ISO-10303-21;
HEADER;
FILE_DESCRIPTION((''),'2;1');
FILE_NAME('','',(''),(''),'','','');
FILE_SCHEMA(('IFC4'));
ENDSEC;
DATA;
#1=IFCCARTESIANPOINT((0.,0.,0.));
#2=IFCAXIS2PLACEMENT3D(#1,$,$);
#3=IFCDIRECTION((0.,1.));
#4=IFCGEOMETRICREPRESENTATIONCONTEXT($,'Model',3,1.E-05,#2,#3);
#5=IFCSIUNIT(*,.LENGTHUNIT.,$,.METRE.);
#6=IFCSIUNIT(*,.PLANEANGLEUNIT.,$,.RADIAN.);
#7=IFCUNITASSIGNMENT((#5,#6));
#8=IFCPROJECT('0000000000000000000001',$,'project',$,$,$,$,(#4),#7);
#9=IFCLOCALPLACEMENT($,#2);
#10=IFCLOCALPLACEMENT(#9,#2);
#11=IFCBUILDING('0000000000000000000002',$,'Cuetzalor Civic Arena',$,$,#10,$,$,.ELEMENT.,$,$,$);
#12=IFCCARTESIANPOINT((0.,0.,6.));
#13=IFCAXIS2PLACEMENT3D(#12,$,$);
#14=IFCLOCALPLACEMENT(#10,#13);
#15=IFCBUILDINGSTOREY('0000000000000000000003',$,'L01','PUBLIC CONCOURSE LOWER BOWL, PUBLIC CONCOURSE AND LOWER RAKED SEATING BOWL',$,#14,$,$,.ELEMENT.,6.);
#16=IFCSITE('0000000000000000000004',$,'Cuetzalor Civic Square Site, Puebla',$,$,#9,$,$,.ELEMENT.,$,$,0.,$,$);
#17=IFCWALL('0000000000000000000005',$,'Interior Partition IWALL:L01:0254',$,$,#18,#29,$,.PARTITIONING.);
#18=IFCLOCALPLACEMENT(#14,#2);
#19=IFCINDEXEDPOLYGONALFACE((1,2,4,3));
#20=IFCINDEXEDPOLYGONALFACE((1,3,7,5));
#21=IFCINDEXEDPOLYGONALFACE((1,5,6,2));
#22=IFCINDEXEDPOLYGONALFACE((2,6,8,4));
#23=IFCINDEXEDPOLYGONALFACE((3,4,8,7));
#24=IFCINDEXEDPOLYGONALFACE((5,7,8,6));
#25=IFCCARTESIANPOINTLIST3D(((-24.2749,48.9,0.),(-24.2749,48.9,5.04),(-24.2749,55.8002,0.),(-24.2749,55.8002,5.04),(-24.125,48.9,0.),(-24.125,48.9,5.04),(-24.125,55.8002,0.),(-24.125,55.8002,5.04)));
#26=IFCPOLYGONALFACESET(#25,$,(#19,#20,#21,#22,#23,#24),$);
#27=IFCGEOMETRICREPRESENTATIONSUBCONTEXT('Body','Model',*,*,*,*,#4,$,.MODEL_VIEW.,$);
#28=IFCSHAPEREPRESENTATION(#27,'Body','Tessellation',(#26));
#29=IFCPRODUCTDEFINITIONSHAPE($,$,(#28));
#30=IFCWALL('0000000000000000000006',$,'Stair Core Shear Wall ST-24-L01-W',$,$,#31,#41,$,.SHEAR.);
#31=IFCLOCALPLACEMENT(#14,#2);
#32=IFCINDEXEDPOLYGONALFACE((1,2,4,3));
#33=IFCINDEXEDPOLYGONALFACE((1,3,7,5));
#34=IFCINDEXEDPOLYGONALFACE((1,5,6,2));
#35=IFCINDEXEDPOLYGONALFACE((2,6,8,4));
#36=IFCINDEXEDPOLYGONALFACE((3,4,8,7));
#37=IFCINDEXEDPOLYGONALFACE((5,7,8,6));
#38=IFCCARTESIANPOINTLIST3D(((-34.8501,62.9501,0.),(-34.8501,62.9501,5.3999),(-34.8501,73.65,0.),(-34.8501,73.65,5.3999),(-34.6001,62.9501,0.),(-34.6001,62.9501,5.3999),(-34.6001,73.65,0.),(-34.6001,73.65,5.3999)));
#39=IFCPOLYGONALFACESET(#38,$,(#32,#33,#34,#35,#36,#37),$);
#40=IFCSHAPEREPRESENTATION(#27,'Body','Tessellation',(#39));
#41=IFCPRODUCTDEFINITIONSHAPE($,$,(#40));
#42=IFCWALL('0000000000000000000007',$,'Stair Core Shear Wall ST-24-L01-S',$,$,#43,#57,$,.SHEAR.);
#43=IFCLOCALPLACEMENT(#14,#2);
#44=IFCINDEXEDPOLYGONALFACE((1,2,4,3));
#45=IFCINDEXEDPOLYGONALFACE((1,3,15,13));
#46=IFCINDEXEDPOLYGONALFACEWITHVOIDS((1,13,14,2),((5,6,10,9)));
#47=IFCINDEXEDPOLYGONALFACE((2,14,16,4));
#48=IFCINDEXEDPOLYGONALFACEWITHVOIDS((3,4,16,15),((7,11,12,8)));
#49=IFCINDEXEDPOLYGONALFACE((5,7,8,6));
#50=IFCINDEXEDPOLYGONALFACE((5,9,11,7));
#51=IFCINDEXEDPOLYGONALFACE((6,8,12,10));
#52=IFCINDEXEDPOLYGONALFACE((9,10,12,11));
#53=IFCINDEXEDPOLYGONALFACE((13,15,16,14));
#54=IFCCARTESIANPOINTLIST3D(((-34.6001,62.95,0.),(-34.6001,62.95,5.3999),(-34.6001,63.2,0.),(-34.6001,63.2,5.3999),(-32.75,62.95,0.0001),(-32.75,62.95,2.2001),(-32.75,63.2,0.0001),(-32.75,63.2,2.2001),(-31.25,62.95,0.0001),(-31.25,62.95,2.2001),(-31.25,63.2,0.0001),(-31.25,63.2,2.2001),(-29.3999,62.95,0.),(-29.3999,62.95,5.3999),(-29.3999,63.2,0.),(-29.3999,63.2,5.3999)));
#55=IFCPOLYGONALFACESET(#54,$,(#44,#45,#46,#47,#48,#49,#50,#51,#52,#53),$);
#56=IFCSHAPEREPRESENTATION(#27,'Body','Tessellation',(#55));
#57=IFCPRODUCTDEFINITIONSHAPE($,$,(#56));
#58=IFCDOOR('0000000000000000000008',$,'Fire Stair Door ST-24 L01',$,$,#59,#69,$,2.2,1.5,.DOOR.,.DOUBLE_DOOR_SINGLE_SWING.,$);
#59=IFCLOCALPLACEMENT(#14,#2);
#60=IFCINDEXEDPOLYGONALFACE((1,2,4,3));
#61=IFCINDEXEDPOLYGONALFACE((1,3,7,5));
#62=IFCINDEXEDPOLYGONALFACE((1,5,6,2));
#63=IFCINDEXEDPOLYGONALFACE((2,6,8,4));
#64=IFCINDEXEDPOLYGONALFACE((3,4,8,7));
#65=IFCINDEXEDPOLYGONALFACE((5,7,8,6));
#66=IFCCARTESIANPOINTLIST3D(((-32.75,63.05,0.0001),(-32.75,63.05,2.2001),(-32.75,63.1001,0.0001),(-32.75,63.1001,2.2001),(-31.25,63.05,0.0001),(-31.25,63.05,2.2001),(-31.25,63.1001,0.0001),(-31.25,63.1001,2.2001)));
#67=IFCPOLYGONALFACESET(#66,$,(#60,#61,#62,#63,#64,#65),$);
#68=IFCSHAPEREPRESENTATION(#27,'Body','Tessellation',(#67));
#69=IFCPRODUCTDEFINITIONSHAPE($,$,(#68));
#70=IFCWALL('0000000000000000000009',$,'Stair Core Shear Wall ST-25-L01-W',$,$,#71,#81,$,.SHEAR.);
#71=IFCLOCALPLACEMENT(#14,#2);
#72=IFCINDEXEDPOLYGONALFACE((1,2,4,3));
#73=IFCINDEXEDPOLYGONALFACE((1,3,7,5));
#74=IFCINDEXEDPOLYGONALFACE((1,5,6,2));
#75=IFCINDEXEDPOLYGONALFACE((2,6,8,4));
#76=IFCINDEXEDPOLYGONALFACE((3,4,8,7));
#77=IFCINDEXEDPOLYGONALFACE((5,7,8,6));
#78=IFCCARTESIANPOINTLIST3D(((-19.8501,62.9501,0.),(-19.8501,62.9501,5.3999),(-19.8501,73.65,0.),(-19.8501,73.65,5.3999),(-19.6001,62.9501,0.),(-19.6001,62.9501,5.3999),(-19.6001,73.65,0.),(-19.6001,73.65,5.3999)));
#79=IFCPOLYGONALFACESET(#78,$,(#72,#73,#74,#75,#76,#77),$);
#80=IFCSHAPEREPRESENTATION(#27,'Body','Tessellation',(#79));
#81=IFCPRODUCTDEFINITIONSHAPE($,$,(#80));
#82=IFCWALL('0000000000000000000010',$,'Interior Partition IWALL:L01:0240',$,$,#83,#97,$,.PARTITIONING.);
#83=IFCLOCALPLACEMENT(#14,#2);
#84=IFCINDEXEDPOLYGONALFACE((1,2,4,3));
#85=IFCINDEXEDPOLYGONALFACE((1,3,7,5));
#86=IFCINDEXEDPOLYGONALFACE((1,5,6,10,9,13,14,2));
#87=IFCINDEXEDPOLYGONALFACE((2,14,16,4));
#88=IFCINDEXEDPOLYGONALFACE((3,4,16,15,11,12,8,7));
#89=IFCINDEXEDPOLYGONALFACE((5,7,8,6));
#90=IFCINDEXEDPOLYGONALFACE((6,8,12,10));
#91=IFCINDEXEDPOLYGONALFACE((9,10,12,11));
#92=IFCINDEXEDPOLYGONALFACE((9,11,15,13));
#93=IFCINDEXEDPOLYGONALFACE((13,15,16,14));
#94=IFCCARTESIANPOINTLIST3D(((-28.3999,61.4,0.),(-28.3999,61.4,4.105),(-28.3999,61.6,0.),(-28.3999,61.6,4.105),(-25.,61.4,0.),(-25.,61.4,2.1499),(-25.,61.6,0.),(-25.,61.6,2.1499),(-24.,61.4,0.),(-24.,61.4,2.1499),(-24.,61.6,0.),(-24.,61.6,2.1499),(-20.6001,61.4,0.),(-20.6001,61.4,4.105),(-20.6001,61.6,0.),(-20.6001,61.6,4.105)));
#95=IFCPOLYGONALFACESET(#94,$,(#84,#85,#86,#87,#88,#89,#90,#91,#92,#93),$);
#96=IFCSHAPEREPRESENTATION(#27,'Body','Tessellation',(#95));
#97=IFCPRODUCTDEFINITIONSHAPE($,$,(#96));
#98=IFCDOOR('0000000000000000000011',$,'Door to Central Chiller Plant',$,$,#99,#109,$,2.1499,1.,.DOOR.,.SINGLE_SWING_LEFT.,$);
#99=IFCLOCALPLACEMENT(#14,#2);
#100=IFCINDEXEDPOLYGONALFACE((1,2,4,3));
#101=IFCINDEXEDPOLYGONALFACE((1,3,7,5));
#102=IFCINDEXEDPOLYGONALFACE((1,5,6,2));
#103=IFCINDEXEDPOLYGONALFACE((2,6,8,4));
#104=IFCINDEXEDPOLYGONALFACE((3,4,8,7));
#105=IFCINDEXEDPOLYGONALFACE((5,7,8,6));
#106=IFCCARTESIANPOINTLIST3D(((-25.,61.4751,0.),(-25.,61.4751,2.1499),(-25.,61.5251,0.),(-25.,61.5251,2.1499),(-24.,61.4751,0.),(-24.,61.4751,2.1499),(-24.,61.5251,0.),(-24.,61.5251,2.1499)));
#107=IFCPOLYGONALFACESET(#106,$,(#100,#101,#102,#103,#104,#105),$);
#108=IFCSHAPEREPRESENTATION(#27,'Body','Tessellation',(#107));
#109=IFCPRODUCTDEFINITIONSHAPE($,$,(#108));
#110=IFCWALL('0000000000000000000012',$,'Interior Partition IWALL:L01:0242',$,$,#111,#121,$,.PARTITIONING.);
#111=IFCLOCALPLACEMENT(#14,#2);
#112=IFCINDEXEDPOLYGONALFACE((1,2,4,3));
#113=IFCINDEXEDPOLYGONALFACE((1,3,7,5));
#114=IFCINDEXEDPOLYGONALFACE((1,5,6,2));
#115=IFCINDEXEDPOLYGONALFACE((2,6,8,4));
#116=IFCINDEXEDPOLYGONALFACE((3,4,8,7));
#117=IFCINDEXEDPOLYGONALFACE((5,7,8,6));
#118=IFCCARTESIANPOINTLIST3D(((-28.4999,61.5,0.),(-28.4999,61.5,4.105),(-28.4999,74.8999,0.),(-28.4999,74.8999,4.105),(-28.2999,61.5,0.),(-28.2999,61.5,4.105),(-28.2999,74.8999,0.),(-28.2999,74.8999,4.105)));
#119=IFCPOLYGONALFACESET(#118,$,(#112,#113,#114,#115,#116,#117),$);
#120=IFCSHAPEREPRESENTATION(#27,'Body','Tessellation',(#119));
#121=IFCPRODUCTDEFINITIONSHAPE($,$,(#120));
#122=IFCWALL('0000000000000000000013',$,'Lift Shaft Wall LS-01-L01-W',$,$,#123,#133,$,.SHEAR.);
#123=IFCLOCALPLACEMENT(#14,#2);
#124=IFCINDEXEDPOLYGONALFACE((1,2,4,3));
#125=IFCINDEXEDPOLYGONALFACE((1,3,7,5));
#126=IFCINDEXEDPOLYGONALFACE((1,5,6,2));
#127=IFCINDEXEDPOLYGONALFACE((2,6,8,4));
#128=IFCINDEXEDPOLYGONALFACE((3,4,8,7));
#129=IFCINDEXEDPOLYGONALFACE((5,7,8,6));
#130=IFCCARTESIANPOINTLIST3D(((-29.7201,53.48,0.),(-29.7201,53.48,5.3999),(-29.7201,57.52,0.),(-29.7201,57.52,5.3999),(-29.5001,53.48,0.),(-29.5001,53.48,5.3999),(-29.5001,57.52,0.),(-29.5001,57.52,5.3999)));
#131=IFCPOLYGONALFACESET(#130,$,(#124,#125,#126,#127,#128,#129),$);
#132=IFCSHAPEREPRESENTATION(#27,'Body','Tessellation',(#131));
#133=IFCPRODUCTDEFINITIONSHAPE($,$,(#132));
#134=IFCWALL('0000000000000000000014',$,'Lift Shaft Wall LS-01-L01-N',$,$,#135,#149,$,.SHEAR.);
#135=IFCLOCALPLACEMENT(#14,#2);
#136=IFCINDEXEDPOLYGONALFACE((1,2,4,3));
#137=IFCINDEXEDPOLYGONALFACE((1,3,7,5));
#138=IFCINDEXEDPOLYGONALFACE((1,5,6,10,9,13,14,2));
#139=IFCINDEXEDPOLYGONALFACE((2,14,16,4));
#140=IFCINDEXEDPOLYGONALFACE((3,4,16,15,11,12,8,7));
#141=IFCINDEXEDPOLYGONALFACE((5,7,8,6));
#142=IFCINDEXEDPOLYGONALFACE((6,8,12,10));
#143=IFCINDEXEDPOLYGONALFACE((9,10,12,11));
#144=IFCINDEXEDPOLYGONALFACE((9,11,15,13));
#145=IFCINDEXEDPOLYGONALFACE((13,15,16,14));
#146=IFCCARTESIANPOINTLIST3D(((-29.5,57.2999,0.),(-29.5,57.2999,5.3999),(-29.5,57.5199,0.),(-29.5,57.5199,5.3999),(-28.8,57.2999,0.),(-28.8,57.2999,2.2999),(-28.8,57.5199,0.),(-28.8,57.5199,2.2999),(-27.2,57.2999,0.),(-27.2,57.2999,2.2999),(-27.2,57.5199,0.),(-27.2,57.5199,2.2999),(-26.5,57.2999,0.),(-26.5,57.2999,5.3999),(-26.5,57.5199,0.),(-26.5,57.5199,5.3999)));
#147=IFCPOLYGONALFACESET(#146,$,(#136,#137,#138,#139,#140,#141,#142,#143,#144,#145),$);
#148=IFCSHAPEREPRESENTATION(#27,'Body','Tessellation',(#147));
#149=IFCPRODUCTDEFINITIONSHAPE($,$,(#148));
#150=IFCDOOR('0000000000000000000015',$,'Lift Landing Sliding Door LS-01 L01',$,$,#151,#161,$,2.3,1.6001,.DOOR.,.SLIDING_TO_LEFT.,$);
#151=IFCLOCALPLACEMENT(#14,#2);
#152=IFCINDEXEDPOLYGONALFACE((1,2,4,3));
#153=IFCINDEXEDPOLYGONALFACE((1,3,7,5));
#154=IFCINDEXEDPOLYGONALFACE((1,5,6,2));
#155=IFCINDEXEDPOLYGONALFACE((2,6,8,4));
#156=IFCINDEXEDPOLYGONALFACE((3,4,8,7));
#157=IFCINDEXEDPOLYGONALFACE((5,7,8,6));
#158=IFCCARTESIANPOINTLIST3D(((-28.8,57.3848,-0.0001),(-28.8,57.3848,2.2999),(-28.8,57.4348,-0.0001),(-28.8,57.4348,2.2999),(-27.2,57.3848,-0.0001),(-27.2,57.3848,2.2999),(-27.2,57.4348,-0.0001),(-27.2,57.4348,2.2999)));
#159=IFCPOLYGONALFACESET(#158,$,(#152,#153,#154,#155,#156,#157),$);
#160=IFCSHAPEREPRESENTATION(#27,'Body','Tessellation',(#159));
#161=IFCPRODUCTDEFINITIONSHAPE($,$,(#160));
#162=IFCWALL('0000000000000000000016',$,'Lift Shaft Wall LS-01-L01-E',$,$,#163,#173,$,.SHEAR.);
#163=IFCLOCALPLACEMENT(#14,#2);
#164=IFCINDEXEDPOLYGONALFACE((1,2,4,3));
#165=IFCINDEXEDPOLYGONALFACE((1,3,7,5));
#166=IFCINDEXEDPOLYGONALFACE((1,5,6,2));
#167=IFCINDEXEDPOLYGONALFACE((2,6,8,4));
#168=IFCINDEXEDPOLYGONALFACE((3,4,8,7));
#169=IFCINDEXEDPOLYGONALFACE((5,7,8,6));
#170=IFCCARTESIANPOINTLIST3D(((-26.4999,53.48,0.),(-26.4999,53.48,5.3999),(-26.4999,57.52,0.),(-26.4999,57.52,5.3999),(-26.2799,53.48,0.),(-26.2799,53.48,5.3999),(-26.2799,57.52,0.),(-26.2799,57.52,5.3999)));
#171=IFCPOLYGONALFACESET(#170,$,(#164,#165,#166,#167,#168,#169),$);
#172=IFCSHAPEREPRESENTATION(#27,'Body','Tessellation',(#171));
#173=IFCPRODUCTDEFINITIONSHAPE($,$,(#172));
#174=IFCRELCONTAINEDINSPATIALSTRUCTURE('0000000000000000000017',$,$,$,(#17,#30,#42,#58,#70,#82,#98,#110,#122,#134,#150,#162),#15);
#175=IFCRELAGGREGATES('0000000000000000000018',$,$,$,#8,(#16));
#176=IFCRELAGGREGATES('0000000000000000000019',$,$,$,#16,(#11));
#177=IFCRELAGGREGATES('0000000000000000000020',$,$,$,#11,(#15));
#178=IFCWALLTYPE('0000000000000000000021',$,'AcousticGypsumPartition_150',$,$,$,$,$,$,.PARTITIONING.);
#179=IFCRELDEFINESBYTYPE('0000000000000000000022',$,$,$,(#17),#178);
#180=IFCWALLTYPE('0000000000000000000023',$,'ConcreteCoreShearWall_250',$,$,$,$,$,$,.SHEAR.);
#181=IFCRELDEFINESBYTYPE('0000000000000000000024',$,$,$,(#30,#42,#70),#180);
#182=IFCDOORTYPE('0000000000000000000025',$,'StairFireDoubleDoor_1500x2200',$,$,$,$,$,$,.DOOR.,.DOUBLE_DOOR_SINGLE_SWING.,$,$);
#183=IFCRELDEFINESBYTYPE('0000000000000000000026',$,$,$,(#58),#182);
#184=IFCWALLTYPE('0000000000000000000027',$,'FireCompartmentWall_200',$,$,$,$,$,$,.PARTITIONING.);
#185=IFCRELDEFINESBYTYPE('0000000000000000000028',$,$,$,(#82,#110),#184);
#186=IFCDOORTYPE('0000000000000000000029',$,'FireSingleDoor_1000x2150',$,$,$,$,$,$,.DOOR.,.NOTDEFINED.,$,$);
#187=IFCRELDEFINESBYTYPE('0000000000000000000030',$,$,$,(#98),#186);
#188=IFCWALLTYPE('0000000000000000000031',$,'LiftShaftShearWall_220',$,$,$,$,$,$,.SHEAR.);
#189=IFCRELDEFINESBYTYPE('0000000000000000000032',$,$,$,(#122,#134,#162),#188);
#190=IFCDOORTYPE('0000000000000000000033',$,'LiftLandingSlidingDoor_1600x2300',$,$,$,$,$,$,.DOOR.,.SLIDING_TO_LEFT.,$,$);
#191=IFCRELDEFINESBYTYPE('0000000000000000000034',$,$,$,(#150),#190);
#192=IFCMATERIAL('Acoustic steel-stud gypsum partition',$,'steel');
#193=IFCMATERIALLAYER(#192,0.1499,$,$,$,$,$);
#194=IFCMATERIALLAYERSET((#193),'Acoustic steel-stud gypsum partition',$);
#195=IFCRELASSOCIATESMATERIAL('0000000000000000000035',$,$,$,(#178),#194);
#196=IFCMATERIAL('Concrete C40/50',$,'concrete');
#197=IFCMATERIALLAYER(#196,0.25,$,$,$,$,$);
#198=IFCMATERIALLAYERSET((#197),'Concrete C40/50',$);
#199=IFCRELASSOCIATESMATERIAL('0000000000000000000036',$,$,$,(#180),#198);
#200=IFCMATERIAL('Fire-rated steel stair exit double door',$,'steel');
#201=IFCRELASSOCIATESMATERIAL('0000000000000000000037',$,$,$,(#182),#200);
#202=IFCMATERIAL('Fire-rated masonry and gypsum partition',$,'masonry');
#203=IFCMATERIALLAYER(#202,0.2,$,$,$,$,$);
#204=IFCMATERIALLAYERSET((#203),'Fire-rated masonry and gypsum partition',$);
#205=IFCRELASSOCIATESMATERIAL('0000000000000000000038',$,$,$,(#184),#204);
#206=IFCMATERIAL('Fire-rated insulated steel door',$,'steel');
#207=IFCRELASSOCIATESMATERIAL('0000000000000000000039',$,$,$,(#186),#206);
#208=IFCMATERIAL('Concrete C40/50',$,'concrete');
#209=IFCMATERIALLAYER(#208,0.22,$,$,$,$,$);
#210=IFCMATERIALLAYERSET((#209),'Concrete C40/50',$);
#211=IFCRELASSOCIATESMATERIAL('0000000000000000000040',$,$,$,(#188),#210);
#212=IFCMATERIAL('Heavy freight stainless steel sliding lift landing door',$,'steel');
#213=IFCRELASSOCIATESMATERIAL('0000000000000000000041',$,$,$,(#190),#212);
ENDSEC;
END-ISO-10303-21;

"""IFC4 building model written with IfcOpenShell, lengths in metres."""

from ifc_helpers import new_model, si_unit, direction, frame, frame_2d, origin, place, context, subcontext, project, spatial, rectangle, extrude, material, layer, layer_set, type_object, element, fill, save


model = new_model("IFC4")

# Units and contexts
model_context = context("Model", 3, precision=1e-05, world=origin(), true_north=direction((0.0, 1.0)))
body_context = subcontext(model_context, "Body", "Model", "MODEL_VIEW")
ifc_project = project(units=[si_unit("LENGTHUNIT", "METRE"), si_unit("PLANEANGLEUNIT", "RADIAN")], contexts=[model_context])

# Site, building, storey
site_placement = place(None, origin())
site = spatial("IfcSite", under=ifc_project, at=site_placement, Name="Cuetzalor Civic Square Site, Puebla", CompositionType="ELEMENT", RefElevation=0.0)
building_placement = place(site_placement, origin())
building = spatial("IfcBuilding", under=site, at=building_placement, Name="Cuetzalor Civic Arena", CompositionType="ELEMENT")
storey_placement = place(building_placement, frame((0.0, 0.0, 6.0)))
storey = spatial("IfcBuildingStorey", under=building, at=storey_placement, Name="L01", Description="PUBLIC CONCOURSE LOWER BOWL, PUBLIC CONCOURSE AND LOWER RAKED SEATING BOWL", CompositionType="ELEMENT", Elevation=6.0)

# Shared definitions
ifc_material_1 = material(Name="Acoustic steel-stud gypsum partition", Category="steel")
ifc_layer_1 = layer(ifc_material_1, 0.1499)
ifc_layer_set_1 = layer_set([ifc_layer_1], Name="Acoustic steel-stud gypsum partition")
wall_type_1 = type_object("IfcWallType", Name="AcousticGypsumPartition_150", PredefinedType="PARTITIONING", material=ifc_layer_set_1)

# Walls
wall_1_placement = place(storey_placement, frame((-24.2, 48.8999, 0.0), z_axis=(0.0, 0.0, 1.0), x_axis=(0.0, 1.0, 0.0)))
element("IfcWall", 1, at=wall_1_placement, inside=storey, type_object=wall_type_1, Name="Interior Partition IWALL:L01:0254", PredefinedType="PARTITIONING", context=body_context, shape_type="SweptSolid", body=[
    extrude(rectangle(XDim=6.9001, YDim=0.1499, at=frame_2d((3.4502, 0.0))), origin(), (0.0, 0.0, 1.0), 5.04),
])
ifc_material_2 = material(Name="Concrete C40/50", Category="concrete")
ifc_layer_2 = layer(ifc_material_2, 0.25)
ifc_layer_set_2 = layer_set([ifc_layer_2], Name="Concrete C40/50")
wall_type_2 = type_object("IfcWallType", Name="ConcreteCoreShearWall_250", PredefinedType="SHEAR", material=ifc_layer_set_2)
wall_2_placement = place(storey_placement, frame((-34.7251, 62.95, 0.0), z_axis=(0.0, 0.0, 1.0), x_axis=(0.0, 1.0, 0.0)))
element("IfcWall", 2, at=wall_2_placement, inside=storey, type_object=wall_type_2, Name="Stair Core Shear Wall ST-24-L01-W", PredefinedType="SHEAR", context=body_context, shape_type="SweptSolid", body=[
    extrude(rectangle(XDim=10.7, YDim=0.25, at=frame_2d((5.3501, 0.0))), origin(), (0.0, 0.0, 1.0), 5.3999),
])

# Wall, opening, door
wall_3_placement = place(storey_placement, frame((-29.3999, 63.075, 0.0), z_axis=(0.0, 0.0, 1.0), x_axis=(-1.0, 0.0, 0.0)))
wall_3 = element("IfcWall", 3, at=wall_3_placement, inside=storey, type_object=wall_type_2, Name="Stair Core Shear Wall ST-24-L01-S", PredefinedType="SHEAR", context=body_context, shape_type="SweptSolid", body=[
    extrude(rectangle(XDim=5.2002, YDim=0.25, at=frame_2d((2.6001, 0.0))), origin(), (0.0, 0.0, 1.0), 5.3999),
])
opening_1_placement = place(wall_3_placement, frame((1.8501, 0.0, 0.0)))
opening_1 = element("IfcOpeningElement", 4, at=opening_1_placement, cuts=wall_3, PredefinedType="OPENING", context=body_context, shape_type="SweptSolid", body=[
    extrude(rectangle(XDim=1.5, YDim=2.2, at=frame_2d((0.75, 1.1001))), frame((0.0, 0.135, 0.0), z_axis=(0.0, -1.0, 0.0), x_axis=(1.0, 0.0, 0.0)), (0.0, 0.0, 1.0), 0.27),
])
ifc_material_3 = material(Name="Fire-rated steel stair exit double door", Category="steel")
door_type_1 = type_object("IfcDoorType", Name="StairFireDoubleDoor_1500x2200", OperationType="DOUBLE_DOOR_SINGLE_SWING", PredefinedType="DOOR", material=ifc_material_3)
door_1_placement = place(opening_1_placement, origin())
door_1 = element("IfcDoor", 5, at=door_1_placement, inside=storey, type_object=door_type_1, Name="Fire Stair Door ST-24 L01", OperationType="DOUBLE_DOOR_SINGLE_SWING", OverallHeight=2.2, OverallWidth=1.5, PredefinedType="DOOR", context=body_context, shape_type="SweptSolid", body=[
    extrude(rectangle(XDim=1.5, YDim=2.2, at=frame_2d((0.75, 1.1001))), frame((0.0, 0.0249, 0.0), z_axis=(0.0, -1.0, 0.0), x_axis=(1.0, 0.0, 0.0)), (0.0, 0.0, 1.0), 0.05),
])
fill(opening_1, door_1)

# Wall
wall_4_placement = place(storey_placement, frame((-19.7251, 62.95, 0.0), z_axis=(0.0, 0.0, 1.0), x_axis=(0.0, 1.0, 0.0)))
element("IfcWall", 6, at=wall_4_placement, inside=storey, type_object=wall_type_2, Name="Stair Core Shear Wall ST-25-L01-W", PredefinedType="SHEAR", context=body_context, shape_type="SweptSolid", body=[
    extrude(rectangle(XDim=10.7, YDim=0.25, at=frame_2d((5.3501, 0.0))), origin(), (0.0, 0.0, 1.0), 5.3999),
])

# Wall, opening, door
ifc_material_4 = material(Name="Fire-rated masonry and gypsum partition", Category="masonry")
ifc_layer_3 = layer(ifc_material_4, 0.2)
ifc_layer_set_3 = layer_set([ifc_layer_3], Name="Fire-rated masonry and gypsum partition")
wall_type_3 = type_object("IfcWallType", Name="FireCompartmentWall_200", PredefinedType="PARTITIONING", material=ifc_layer_set_3)
wall_5_placement = place(storey_placement, frame((-20.6001, 61.5, 0.0), z_axis=(0.0, 0.0, 1.0), x_axis=(-1.0, 0.0, 0.0)))
wall_5 = element("IfcWall", 7, at=wall_5_placement, inside=storey, type_object=wall_type_3, Name="Interior Partition IWALL:L01:0240", PredefinedType="PARTITIONING", context=body_context, shape_type="SweptSolid", body=[
    extrude(rectangle(XDim=7.7998, YDim=0.2, at=frame_2d((3.8999, 0.0))), origin(), (0.0, 0.0, 1.0), 4.105),
])
opening_2_placement = place(wall_5_placement, frame((3.3999, 0.0, 0.0)))
opening_2 = element("IfcOpeningElement", 8, at=opening_2_placement, cuts=wall_5, PredefinedType="OPENING", context=body_context, shape_type="SweptSolid", body=[
    extrude(rectangle(XDim=1.0, YDim=2.1499, at=frame_2d((0.5, 1.075))), frame((0.0, 0.1099, 0.0), z_axis=(0.0, -1.0, 0.0), x_axis=(1.0, 0.0, 0.0)), (0.0, 0.0, 1.0), 0.22),
])
ifc_material_5 = material(Name="Fire-rated insulated steel door", Category="steel")
door_type_2 = type_object("IfcDoorType", Name="FireSingleDoor_1000x2150", OperationType="NOTDEFINED", PredefinedType="DOOR", material=ifc_material_5)
door_2_placement = place(opening_2_placement, origin())
door_2 = element("IfcDoor", 9, at=door_2_placement, inside=storey, type_object=door_type_2, Name="Door to Central Chiller Plant", OperationType="SINGLE_SWING_LEFT", OverallHeight=2.1499, OverallWidth=1.0, PredefinedType="DOOR", context=body_context, shape_type="SweptSolid", body=[
    extrude(rectangle(XDim=1.0, YDim=2.1499, at=frame_2d((0.5, 1.075))), frame((0.0, 0.0249, 0.0), z_axis=(0.0, -1.0, 0.0), x_axis=(1.0, 0.0, 0.0)), (0.0, 0.0, 1.0), 0.05),
])
fill(opening_2, door_2)

# Walls
wall_6_placement = place(storey_placement, frame((-28.3999, 61.5, 0.0), z_axis=(0.0, 0.0, 1.0), x_axis=(0.0, 1.0, 0.0)))
element("IfcWall", 10, at=wall_6_placement, inside=storey, type_object=wall_type_3, Name="Interior Partition IWALL:L01:0242", PredefinedType="PARTITIONING", context=body_context, shape_type="SweptSolid", body=[
    extrude(rectangle(XDim=13.3999, YDim=0.2, at=frame_2d((6.7, 0.0))), origin(), (0.0, 0.0, 1.0), 4.105),
])
ifc_material_6 = material(Name="Concrete C40/50", Category="concrete")
ifc_layer_4 = layer(ifc_material_6, 0.22)
ifc_layer_set_4 = layer_set([ifc_layer_4], Name="Concrete C40/50")
wall_type_4 = type_object("IfcWallType", Name="LiftShaftShearWall_220", PredefinedType="SHEAR", material=ifc_layer_set_4)
wall_7_placement = place(storey_placement, frame((-29.6101, 53.48, 0.0), z_axis=(0.0, 0.0, 1.0), x_axis=(0.0, 1.0, 0.0)))
element("IfcWall", 11, at=wall_7_placement, inside=storey, type_object=wall_type_4, Name="Lift Shaft Wall LS-01-L01-W", PredefinedType="SHEAR", context=body_context, shape_type="SweptSolid", body=[
    extrude(rectangle(XDim=4.04, YDim=0.22, at=frame_2d((2.02, 0.0))), origin(), (0.0, 0.0, 1.0), 5.3999),
])

# Wall, opening, door
wall_8_placement = place(storey_placement, frame((-29.5, 57.4099, 0.0), z_axis=(0.0, 0.0, 1.0), x_axis=(1.0, 0.0, 0.0)))
wall_8 = element("IfcWall", 12, at=wall_8_placement, inside=storey, type_object=wall_type_4, Name="Lift Shaft Wall LS-01-L01-N", PredefinedType="SHEAR", context=body_context, shape_type="SweptSolid", body=[
    extrude(rectangle(XDim=3.0, YDim=0.22, at=frame_2d((1.5, 0.0))), origin(), (0.0, 0.0, 1.0), 5.3999),
])
opening_3_placement = place(wall_8_placement, frame((0.7, 0.0, 0.0)))
opening_3 = element("IfcOpeningElement", 13, at=opening_3_placement, cuts=wall_8, PredefinedType="OPENING", context=body_context, shape_type="SweptSolid", body=[
    extrude(rectangle(XDim=1.6001, YDim=2.3, at=frame_2d((0.8, 1.1499))), frame((0.0, 0.1201, 0.0), z_axis=(0.0, -1.0, 0.0), x_axis=(1.0, 0.0, 0.0)), (0.0, 0.0, 1.0), 0.24),
])
ifc_material_7 = material(Name="Heavy freight stainless steel sliding lift landing door", Category="steel")
door_type_3 = type_object("IfcDoorType", Name="LiftLandingSlidingDoor_1600x2300", OperationType="SLIDING_TO_LEFT", PredefinedType="DOOR", material=ifc_material_7)
door_3_placement = place(opening_3_placement, origin())
door_3 = element("IfcDoor", 14, at=door_3_placement, inside=storey, type_object=door_type_3, Name="Lift Landing Sliding Door LS-01 L01", OperationType="SLIDING_TO_LEFT", OverallHeight=2.3, OverallWidth=1.6001, PredefinedType="DOOR", context=body_context, shape_type="SweptSolid", body=[
    extrude(rectangle(XDim=1.6001, YDim=2.3, at=frame_2d((0.8, 1.1499))), frame((0.0, 0.0249, 0.0), z_axis=(0.0, -1.0, 0.0), x_axis=(1.0, 0.0, 0.0)), (0.0, 0.0, 1.0), 0.05),
])
fill(opening_3, door_3)

# Wall
wall_9_placement = place(storey_placement, frame((-26.3899, 57.52, 0.0), z_axis=(0.0, 0.0, 1.0), x_axis=(0.0, -1.0, 0.0)))
element("IfcWall", 15, at=wall_9_placement, inside=storey, type_object=wall_type_4, Name="Lift Shaft Wall LS-01-L01-E", PredefinedType="SHEAR", context=body_context, shape_type="SweptSolid", body=[
    extrude(rectangle(XDim=4.04, YDim=0.22, at=frame_2d((2.02, 0.0))), origin(), (0.0, 0.0, 1.0), 5.3999),
])

save(model, "model.ifc")
